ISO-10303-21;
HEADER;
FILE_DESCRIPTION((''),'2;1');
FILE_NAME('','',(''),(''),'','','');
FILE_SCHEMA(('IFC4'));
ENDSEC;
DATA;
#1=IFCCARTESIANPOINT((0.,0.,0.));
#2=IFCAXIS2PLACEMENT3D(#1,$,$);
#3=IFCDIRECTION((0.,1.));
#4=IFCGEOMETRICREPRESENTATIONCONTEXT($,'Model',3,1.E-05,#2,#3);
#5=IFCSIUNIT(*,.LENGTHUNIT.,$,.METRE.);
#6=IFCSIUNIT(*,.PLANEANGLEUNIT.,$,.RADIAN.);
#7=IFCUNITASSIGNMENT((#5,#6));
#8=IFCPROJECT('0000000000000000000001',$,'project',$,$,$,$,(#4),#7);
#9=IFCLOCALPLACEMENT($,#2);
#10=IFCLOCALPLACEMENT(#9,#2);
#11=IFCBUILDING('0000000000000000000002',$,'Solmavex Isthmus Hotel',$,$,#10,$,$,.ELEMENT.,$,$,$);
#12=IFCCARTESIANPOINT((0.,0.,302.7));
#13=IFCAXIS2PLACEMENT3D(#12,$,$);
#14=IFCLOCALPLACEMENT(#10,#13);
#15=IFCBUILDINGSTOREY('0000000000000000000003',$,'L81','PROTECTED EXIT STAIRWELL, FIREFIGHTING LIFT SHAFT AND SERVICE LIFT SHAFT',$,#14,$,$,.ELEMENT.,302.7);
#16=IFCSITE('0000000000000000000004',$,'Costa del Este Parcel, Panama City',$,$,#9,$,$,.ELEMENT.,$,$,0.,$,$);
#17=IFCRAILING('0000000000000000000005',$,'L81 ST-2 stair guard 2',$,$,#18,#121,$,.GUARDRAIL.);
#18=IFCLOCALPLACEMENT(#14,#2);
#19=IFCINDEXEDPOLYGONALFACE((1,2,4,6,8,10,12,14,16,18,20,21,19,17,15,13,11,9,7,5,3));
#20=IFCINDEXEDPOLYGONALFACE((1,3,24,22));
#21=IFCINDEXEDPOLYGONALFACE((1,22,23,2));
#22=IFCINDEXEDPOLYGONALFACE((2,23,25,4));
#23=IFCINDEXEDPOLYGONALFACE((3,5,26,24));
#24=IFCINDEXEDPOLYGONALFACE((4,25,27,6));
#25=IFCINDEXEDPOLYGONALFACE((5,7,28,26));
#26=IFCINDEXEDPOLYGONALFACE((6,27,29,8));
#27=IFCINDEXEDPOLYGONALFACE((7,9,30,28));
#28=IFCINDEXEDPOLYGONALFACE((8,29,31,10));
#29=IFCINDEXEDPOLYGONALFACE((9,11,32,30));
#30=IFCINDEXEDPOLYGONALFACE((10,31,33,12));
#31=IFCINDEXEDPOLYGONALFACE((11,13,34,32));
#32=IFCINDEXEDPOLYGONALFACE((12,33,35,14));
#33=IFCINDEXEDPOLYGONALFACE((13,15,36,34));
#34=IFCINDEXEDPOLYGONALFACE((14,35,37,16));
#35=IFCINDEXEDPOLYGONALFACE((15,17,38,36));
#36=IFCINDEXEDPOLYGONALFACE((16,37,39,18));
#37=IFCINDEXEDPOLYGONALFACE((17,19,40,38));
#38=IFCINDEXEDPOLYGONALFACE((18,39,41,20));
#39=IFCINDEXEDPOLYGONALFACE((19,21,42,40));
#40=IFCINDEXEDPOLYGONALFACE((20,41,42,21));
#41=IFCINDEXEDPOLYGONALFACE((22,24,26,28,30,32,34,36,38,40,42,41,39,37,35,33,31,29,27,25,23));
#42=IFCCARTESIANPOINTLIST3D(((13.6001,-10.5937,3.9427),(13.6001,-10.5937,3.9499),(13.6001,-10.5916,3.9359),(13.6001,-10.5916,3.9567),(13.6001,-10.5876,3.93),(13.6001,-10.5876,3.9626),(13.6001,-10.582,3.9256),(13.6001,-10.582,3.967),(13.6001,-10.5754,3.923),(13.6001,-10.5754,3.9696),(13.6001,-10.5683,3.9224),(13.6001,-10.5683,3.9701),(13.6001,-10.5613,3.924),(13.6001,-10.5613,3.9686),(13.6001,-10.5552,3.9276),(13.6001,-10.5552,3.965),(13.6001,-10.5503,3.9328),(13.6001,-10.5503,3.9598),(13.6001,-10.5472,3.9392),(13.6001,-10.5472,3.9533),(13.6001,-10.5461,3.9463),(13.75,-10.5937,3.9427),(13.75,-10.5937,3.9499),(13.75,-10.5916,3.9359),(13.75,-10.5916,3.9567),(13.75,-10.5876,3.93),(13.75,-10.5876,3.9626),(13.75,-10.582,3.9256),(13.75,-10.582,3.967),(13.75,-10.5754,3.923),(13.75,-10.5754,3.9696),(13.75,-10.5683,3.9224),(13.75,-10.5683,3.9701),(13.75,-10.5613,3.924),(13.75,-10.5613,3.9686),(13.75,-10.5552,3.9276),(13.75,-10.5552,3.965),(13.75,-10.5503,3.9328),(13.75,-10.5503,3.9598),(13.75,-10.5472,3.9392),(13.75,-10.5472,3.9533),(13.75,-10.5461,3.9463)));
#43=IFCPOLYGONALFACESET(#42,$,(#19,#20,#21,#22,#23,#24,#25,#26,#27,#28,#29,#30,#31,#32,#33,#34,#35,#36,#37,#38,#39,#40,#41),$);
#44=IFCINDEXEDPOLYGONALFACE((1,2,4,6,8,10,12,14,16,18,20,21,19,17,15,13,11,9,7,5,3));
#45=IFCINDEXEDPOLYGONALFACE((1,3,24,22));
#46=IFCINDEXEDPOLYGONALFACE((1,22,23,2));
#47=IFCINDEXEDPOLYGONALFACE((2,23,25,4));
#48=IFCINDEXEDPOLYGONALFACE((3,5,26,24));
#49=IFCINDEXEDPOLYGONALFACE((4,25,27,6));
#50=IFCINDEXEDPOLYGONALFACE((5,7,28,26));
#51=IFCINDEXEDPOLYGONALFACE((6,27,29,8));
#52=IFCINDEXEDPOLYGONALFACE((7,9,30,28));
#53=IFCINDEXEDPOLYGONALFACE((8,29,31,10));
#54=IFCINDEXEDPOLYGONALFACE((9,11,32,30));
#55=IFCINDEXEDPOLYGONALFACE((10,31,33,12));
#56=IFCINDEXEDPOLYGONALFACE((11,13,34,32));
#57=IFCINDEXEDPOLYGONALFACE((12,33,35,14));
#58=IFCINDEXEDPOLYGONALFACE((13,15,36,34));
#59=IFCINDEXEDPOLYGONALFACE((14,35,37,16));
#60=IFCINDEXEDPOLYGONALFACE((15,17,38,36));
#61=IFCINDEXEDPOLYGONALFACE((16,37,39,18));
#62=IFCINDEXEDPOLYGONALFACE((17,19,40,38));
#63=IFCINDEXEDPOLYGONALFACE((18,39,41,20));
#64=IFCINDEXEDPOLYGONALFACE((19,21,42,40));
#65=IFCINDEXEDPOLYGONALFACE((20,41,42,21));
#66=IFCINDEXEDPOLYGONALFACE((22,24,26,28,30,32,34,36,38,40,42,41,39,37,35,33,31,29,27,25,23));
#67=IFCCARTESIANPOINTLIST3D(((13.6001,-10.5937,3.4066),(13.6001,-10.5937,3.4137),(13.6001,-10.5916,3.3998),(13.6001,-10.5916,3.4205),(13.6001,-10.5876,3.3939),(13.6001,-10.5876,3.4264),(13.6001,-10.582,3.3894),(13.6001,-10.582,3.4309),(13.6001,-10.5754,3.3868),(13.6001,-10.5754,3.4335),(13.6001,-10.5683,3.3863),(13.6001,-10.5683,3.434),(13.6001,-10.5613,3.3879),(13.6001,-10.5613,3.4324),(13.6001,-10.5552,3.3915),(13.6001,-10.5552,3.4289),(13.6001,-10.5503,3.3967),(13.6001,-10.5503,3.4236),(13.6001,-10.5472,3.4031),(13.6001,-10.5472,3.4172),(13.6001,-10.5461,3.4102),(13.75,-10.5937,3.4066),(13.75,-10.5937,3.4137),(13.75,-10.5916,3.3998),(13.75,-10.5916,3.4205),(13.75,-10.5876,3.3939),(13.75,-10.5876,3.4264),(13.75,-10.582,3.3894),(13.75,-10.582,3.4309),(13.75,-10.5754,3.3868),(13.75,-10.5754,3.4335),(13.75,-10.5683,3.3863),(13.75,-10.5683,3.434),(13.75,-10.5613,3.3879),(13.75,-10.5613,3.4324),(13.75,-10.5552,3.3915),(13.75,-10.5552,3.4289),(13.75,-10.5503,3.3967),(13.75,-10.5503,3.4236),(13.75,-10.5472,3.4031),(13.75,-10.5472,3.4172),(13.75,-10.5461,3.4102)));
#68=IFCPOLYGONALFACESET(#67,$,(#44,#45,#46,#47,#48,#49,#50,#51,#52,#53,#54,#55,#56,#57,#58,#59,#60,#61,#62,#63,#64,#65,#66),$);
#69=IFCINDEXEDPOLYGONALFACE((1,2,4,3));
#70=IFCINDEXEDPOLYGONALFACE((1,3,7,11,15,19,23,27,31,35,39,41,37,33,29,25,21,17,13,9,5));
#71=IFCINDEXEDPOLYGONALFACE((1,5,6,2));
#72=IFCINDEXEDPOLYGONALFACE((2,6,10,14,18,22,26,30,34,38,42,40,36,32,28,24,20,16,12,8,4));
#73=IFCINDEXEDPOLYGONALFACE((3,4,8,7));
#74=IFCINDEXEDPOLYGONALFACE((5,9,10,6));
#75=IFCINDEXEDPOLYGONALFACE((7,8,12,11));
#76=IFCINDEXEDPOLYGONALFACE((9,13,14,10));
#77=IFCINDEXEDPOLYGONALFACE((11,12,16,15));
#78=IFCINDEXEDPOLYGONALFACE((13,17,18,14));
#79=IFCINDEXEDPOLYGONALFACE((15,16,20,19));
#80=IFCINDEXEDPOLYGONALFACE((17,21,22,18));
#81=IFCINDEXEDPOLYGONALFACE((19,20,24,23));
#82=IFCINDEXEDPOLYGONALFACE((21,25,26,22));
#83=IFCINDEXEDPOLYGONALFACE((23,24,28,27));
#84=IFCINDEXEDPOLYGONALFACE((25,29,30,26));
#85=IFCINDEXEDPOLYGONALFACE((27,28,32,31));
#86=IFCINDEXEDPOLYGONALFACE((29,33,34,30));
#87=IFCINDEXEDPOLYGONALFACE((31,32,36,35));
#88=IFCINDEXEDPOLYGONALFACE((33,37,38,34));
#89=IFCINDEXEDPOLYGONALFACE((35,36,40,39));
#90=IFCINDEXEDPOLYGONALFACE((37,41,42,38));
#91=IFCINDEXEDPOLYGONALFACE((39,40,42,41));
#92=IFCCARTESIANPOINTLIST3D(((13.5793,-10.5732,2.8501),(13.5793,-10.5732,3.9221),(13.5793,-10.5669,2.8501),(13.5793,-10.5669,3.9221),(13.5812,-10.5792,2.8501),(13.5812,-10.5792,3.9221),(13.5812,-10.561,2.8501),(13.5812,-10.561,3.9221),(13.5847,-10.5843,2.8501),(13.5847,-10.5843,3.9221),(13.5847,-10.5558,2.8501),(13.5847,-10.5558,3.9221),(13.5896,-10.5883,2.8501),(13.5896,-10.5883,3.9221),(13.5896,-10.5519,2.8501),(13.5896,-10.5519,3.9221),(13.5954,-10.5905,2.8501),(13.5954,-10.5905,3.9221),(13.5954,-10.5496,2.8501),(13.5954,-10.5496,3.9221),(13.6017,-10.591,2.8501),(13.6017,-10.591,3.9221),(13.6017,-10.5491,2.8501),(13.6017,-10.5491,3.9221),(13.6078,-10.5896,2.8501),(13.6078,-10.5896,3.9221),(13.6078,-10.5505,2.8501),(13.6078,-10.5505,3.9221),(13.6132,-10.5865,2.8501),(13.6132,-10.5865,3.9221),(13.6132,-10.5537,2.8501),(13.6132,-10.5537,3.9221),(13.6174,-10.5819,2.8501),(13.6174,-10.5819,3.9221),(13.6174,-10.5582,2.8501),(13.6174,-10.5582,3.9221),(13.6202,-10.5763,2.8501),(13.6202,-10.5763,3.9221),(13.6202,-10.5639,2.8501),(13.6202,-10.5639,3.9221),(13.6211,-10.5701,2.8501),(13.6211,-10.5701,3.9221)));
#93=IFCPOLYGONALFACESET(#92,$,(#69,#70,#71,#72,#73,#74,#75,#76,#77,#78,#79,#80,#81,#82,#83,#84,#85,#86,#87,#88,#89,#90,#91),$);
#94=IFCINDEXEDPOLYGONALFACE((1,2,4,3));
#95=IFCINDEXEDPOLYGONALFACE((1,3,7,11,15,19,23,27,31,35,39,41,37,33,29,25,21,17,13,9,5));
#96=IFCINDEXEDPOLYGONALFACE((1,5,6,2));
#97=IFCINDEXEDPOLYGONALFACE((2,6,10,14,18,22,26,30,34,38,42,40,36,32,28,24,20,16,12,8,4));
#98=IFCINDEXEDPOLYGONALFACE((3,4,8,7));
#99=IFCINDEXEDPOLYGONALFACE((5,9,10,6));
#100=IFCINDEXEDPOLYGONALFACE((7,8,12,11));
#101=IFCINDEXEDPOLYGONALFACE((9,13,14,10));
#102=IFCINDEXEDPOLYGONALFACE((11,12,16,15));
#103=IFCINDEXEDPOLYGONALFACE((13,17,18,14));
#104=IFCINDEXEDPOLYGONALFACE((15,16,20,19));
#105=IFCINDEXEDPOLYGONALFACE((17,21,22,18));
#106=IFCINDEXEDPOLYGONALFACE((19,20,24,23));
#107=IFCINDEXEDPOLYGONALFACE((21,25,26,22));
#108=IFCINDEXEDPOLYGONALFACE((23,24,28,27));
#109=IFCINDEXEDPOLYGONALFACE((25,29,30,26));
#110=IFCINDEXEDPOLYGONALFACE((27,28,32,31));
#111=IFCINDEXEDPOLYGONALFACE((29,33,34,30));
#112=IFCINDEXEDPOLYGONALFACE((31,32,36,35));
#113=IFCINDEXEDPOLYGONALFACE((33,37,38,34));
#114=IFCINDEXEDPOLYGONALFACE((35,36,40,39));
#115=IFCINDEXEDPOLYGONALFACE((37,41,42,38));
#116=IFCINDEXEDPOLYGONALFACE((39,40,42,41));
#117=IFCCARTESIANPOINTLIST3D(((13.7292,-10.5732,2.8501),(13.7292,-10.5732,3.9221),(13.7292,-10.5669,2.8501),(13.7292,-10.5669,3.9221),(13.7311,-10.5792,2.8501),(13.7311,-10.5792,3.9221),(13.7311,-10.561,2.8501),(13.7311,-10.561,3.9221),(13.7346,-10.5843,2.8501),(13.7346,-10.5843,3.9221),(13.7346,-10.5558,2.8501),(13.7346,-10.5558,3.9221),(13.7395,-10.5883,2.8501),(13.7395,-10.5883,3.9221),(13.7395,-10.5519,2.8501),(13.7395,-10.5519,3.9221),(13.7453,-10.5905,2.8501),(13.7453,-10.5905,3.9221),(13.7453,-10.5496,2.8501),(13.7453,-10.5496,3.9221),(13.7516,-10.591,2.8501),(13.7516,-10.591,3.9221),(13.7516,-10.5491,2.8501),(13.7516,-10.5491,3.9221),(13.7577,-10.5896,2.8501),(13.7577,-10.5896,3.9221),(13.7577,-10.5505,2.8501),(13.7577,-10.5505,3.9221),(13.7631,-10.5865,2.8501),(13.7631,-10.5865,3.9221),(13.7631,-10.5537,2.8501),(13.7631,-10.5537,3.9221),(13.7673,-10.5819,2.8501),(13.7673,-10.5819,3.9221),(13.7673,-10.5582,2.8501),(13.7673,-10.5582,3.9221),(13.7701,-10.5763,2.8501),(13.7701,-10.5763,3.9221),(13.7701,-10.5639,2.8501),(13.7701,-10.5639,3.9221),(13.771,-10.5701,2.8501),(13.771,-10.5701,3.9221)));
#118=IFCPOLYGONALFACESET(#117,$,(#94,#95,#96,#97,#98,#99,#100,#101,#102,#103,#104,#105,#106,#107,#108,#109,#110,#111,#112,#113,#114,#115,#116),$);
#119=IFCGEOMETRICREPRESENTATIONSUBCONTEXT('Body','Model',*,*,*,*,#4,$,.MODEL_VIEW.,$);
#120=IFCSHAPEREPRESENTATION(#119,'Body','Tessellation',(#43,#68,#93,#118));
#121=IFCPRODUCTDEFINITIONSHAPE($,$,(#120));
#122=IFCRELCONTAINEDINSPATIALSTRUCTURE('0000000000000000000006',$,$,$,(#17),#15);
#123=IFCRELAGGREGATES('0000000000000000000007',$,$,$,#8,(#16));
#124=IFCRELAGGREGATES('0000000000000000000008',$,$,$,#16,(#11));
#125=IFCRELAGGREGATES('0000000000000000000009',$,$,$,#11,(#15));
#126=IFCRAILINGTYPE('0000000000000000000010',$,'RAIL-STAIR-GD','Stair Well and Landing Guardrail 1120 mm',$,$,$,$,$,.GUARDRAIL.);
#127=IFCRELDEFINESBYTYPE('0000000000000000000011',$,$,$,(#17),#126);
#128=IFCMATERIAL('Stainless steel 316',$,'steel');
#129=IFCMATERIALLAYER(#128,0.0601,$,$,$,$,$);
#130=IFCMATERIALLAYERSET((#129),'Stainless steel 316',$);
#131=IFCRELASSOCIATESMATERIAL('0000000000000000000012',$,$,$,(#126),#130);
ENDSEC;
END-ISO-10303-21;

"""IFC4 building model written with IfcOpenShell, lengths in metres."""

from ifc_helpers import new_model, si_unit, direction, frame, origin, origin_2d, place, context, subcontext, project, spatial, circle, extrude, material, layer, layer_set, type_object, element, save


model = new_model("IFC4")

# Units and contexts
model_context = context("Model", 3, precision=1e-05, world=origin(), true_north=direction((0.0, 1.0)))
body_context = subcontext(model_context, "Body", "Model", "MODEL_VIEW")
ifc_project = project(units=[si_unit("LENGTHUNIT", "METRE"), si_unit("PLANEANGLEUNIT", "RADIAN")], contexts=[model_context])

# Site, building, storey
site_placement = place(None, origin())
site = spatial("IfcSite", under=ifc_project, at=site_placement, Name="Costa del Este Parcel, Panama City", CompositionType="ELEMENT", RefElevation=0.0)
building_placement = place(site_placement, origin())
building = spatial("IfcBuilding", under=site, at=building_placement, Name="Solmavex Isthmus Hotel", CompositionType="ELEMENT")
storey_placement = place(building_placement, frame((0.0, 0.0, 302.7)))
storey = spatial("IfcBuildingStorey", under=building, at=storey_placement, Name="L81", Description="PROTECTED EXIT STAIRWELL, FIREFIGHTING LIFT SHAFT AND SERVICE LIFT SHAFT", CompositionType="ELEMENT", Elevation=302.7)

# Railing
ifc_material_1 = material(Name="Stainless steel 316", Category="steel")
ifc_layer_1 = layer(ifc_material_1, 0.0601)
ifc_layer_set_1 = layer_set([ifc_layer_1], Name="Stainless steel 316")
railing_type_1 = type_object("IfcRailingType", Name="RAIL-STAIR-GD", Description="Stair Well and Landing Guardrail 1120 mm", PredefinedType="GUARDRAIL", material=ifc_layer_set_1)
railing_1_placement = place(storey_placement, frame((13.6001, -10.5701, 2.8501)))
element("IfcRailing", 1, at=railing_1_placement, inside=storey, type_object=railing_type_1, Name="L81 ST-2 stair guard 2", PredefinedType="GUARDRAIL", context=body_context, shape_type="SweptSolid", body=[
    extrude(circle(Radius=0.0239, at=origin_2d()), frame((0.0, 0.0, 1.0962), z_axis=(1.0, 0.0, 0.0), x_axis=(0.0, 1.0, 0.0)), (0.0, 0.0, 1.0), 0.1499),
    extrude(circle(Radius=0.0239, at=origin_2d()), frame((0.0, 0.0, 0.5601), z_axis=(1.0, 0.0, 0.0), x_axis=(0.0, 1.0, 0.0)), (0.0, 0.0, 1.0), 0.1499),
    extrude(circle(Radius=0.021, at=origin_2d()), origin(), (0.0, 0.0, 1.0), 1.072),
    extrude(circle(Radius=0.021, at=origin_2d()), frame((0.1499, 0.0, 0.0)), (0.0, 0.0, 1.0), 1.072),
])

save(model, "model.ifc")
